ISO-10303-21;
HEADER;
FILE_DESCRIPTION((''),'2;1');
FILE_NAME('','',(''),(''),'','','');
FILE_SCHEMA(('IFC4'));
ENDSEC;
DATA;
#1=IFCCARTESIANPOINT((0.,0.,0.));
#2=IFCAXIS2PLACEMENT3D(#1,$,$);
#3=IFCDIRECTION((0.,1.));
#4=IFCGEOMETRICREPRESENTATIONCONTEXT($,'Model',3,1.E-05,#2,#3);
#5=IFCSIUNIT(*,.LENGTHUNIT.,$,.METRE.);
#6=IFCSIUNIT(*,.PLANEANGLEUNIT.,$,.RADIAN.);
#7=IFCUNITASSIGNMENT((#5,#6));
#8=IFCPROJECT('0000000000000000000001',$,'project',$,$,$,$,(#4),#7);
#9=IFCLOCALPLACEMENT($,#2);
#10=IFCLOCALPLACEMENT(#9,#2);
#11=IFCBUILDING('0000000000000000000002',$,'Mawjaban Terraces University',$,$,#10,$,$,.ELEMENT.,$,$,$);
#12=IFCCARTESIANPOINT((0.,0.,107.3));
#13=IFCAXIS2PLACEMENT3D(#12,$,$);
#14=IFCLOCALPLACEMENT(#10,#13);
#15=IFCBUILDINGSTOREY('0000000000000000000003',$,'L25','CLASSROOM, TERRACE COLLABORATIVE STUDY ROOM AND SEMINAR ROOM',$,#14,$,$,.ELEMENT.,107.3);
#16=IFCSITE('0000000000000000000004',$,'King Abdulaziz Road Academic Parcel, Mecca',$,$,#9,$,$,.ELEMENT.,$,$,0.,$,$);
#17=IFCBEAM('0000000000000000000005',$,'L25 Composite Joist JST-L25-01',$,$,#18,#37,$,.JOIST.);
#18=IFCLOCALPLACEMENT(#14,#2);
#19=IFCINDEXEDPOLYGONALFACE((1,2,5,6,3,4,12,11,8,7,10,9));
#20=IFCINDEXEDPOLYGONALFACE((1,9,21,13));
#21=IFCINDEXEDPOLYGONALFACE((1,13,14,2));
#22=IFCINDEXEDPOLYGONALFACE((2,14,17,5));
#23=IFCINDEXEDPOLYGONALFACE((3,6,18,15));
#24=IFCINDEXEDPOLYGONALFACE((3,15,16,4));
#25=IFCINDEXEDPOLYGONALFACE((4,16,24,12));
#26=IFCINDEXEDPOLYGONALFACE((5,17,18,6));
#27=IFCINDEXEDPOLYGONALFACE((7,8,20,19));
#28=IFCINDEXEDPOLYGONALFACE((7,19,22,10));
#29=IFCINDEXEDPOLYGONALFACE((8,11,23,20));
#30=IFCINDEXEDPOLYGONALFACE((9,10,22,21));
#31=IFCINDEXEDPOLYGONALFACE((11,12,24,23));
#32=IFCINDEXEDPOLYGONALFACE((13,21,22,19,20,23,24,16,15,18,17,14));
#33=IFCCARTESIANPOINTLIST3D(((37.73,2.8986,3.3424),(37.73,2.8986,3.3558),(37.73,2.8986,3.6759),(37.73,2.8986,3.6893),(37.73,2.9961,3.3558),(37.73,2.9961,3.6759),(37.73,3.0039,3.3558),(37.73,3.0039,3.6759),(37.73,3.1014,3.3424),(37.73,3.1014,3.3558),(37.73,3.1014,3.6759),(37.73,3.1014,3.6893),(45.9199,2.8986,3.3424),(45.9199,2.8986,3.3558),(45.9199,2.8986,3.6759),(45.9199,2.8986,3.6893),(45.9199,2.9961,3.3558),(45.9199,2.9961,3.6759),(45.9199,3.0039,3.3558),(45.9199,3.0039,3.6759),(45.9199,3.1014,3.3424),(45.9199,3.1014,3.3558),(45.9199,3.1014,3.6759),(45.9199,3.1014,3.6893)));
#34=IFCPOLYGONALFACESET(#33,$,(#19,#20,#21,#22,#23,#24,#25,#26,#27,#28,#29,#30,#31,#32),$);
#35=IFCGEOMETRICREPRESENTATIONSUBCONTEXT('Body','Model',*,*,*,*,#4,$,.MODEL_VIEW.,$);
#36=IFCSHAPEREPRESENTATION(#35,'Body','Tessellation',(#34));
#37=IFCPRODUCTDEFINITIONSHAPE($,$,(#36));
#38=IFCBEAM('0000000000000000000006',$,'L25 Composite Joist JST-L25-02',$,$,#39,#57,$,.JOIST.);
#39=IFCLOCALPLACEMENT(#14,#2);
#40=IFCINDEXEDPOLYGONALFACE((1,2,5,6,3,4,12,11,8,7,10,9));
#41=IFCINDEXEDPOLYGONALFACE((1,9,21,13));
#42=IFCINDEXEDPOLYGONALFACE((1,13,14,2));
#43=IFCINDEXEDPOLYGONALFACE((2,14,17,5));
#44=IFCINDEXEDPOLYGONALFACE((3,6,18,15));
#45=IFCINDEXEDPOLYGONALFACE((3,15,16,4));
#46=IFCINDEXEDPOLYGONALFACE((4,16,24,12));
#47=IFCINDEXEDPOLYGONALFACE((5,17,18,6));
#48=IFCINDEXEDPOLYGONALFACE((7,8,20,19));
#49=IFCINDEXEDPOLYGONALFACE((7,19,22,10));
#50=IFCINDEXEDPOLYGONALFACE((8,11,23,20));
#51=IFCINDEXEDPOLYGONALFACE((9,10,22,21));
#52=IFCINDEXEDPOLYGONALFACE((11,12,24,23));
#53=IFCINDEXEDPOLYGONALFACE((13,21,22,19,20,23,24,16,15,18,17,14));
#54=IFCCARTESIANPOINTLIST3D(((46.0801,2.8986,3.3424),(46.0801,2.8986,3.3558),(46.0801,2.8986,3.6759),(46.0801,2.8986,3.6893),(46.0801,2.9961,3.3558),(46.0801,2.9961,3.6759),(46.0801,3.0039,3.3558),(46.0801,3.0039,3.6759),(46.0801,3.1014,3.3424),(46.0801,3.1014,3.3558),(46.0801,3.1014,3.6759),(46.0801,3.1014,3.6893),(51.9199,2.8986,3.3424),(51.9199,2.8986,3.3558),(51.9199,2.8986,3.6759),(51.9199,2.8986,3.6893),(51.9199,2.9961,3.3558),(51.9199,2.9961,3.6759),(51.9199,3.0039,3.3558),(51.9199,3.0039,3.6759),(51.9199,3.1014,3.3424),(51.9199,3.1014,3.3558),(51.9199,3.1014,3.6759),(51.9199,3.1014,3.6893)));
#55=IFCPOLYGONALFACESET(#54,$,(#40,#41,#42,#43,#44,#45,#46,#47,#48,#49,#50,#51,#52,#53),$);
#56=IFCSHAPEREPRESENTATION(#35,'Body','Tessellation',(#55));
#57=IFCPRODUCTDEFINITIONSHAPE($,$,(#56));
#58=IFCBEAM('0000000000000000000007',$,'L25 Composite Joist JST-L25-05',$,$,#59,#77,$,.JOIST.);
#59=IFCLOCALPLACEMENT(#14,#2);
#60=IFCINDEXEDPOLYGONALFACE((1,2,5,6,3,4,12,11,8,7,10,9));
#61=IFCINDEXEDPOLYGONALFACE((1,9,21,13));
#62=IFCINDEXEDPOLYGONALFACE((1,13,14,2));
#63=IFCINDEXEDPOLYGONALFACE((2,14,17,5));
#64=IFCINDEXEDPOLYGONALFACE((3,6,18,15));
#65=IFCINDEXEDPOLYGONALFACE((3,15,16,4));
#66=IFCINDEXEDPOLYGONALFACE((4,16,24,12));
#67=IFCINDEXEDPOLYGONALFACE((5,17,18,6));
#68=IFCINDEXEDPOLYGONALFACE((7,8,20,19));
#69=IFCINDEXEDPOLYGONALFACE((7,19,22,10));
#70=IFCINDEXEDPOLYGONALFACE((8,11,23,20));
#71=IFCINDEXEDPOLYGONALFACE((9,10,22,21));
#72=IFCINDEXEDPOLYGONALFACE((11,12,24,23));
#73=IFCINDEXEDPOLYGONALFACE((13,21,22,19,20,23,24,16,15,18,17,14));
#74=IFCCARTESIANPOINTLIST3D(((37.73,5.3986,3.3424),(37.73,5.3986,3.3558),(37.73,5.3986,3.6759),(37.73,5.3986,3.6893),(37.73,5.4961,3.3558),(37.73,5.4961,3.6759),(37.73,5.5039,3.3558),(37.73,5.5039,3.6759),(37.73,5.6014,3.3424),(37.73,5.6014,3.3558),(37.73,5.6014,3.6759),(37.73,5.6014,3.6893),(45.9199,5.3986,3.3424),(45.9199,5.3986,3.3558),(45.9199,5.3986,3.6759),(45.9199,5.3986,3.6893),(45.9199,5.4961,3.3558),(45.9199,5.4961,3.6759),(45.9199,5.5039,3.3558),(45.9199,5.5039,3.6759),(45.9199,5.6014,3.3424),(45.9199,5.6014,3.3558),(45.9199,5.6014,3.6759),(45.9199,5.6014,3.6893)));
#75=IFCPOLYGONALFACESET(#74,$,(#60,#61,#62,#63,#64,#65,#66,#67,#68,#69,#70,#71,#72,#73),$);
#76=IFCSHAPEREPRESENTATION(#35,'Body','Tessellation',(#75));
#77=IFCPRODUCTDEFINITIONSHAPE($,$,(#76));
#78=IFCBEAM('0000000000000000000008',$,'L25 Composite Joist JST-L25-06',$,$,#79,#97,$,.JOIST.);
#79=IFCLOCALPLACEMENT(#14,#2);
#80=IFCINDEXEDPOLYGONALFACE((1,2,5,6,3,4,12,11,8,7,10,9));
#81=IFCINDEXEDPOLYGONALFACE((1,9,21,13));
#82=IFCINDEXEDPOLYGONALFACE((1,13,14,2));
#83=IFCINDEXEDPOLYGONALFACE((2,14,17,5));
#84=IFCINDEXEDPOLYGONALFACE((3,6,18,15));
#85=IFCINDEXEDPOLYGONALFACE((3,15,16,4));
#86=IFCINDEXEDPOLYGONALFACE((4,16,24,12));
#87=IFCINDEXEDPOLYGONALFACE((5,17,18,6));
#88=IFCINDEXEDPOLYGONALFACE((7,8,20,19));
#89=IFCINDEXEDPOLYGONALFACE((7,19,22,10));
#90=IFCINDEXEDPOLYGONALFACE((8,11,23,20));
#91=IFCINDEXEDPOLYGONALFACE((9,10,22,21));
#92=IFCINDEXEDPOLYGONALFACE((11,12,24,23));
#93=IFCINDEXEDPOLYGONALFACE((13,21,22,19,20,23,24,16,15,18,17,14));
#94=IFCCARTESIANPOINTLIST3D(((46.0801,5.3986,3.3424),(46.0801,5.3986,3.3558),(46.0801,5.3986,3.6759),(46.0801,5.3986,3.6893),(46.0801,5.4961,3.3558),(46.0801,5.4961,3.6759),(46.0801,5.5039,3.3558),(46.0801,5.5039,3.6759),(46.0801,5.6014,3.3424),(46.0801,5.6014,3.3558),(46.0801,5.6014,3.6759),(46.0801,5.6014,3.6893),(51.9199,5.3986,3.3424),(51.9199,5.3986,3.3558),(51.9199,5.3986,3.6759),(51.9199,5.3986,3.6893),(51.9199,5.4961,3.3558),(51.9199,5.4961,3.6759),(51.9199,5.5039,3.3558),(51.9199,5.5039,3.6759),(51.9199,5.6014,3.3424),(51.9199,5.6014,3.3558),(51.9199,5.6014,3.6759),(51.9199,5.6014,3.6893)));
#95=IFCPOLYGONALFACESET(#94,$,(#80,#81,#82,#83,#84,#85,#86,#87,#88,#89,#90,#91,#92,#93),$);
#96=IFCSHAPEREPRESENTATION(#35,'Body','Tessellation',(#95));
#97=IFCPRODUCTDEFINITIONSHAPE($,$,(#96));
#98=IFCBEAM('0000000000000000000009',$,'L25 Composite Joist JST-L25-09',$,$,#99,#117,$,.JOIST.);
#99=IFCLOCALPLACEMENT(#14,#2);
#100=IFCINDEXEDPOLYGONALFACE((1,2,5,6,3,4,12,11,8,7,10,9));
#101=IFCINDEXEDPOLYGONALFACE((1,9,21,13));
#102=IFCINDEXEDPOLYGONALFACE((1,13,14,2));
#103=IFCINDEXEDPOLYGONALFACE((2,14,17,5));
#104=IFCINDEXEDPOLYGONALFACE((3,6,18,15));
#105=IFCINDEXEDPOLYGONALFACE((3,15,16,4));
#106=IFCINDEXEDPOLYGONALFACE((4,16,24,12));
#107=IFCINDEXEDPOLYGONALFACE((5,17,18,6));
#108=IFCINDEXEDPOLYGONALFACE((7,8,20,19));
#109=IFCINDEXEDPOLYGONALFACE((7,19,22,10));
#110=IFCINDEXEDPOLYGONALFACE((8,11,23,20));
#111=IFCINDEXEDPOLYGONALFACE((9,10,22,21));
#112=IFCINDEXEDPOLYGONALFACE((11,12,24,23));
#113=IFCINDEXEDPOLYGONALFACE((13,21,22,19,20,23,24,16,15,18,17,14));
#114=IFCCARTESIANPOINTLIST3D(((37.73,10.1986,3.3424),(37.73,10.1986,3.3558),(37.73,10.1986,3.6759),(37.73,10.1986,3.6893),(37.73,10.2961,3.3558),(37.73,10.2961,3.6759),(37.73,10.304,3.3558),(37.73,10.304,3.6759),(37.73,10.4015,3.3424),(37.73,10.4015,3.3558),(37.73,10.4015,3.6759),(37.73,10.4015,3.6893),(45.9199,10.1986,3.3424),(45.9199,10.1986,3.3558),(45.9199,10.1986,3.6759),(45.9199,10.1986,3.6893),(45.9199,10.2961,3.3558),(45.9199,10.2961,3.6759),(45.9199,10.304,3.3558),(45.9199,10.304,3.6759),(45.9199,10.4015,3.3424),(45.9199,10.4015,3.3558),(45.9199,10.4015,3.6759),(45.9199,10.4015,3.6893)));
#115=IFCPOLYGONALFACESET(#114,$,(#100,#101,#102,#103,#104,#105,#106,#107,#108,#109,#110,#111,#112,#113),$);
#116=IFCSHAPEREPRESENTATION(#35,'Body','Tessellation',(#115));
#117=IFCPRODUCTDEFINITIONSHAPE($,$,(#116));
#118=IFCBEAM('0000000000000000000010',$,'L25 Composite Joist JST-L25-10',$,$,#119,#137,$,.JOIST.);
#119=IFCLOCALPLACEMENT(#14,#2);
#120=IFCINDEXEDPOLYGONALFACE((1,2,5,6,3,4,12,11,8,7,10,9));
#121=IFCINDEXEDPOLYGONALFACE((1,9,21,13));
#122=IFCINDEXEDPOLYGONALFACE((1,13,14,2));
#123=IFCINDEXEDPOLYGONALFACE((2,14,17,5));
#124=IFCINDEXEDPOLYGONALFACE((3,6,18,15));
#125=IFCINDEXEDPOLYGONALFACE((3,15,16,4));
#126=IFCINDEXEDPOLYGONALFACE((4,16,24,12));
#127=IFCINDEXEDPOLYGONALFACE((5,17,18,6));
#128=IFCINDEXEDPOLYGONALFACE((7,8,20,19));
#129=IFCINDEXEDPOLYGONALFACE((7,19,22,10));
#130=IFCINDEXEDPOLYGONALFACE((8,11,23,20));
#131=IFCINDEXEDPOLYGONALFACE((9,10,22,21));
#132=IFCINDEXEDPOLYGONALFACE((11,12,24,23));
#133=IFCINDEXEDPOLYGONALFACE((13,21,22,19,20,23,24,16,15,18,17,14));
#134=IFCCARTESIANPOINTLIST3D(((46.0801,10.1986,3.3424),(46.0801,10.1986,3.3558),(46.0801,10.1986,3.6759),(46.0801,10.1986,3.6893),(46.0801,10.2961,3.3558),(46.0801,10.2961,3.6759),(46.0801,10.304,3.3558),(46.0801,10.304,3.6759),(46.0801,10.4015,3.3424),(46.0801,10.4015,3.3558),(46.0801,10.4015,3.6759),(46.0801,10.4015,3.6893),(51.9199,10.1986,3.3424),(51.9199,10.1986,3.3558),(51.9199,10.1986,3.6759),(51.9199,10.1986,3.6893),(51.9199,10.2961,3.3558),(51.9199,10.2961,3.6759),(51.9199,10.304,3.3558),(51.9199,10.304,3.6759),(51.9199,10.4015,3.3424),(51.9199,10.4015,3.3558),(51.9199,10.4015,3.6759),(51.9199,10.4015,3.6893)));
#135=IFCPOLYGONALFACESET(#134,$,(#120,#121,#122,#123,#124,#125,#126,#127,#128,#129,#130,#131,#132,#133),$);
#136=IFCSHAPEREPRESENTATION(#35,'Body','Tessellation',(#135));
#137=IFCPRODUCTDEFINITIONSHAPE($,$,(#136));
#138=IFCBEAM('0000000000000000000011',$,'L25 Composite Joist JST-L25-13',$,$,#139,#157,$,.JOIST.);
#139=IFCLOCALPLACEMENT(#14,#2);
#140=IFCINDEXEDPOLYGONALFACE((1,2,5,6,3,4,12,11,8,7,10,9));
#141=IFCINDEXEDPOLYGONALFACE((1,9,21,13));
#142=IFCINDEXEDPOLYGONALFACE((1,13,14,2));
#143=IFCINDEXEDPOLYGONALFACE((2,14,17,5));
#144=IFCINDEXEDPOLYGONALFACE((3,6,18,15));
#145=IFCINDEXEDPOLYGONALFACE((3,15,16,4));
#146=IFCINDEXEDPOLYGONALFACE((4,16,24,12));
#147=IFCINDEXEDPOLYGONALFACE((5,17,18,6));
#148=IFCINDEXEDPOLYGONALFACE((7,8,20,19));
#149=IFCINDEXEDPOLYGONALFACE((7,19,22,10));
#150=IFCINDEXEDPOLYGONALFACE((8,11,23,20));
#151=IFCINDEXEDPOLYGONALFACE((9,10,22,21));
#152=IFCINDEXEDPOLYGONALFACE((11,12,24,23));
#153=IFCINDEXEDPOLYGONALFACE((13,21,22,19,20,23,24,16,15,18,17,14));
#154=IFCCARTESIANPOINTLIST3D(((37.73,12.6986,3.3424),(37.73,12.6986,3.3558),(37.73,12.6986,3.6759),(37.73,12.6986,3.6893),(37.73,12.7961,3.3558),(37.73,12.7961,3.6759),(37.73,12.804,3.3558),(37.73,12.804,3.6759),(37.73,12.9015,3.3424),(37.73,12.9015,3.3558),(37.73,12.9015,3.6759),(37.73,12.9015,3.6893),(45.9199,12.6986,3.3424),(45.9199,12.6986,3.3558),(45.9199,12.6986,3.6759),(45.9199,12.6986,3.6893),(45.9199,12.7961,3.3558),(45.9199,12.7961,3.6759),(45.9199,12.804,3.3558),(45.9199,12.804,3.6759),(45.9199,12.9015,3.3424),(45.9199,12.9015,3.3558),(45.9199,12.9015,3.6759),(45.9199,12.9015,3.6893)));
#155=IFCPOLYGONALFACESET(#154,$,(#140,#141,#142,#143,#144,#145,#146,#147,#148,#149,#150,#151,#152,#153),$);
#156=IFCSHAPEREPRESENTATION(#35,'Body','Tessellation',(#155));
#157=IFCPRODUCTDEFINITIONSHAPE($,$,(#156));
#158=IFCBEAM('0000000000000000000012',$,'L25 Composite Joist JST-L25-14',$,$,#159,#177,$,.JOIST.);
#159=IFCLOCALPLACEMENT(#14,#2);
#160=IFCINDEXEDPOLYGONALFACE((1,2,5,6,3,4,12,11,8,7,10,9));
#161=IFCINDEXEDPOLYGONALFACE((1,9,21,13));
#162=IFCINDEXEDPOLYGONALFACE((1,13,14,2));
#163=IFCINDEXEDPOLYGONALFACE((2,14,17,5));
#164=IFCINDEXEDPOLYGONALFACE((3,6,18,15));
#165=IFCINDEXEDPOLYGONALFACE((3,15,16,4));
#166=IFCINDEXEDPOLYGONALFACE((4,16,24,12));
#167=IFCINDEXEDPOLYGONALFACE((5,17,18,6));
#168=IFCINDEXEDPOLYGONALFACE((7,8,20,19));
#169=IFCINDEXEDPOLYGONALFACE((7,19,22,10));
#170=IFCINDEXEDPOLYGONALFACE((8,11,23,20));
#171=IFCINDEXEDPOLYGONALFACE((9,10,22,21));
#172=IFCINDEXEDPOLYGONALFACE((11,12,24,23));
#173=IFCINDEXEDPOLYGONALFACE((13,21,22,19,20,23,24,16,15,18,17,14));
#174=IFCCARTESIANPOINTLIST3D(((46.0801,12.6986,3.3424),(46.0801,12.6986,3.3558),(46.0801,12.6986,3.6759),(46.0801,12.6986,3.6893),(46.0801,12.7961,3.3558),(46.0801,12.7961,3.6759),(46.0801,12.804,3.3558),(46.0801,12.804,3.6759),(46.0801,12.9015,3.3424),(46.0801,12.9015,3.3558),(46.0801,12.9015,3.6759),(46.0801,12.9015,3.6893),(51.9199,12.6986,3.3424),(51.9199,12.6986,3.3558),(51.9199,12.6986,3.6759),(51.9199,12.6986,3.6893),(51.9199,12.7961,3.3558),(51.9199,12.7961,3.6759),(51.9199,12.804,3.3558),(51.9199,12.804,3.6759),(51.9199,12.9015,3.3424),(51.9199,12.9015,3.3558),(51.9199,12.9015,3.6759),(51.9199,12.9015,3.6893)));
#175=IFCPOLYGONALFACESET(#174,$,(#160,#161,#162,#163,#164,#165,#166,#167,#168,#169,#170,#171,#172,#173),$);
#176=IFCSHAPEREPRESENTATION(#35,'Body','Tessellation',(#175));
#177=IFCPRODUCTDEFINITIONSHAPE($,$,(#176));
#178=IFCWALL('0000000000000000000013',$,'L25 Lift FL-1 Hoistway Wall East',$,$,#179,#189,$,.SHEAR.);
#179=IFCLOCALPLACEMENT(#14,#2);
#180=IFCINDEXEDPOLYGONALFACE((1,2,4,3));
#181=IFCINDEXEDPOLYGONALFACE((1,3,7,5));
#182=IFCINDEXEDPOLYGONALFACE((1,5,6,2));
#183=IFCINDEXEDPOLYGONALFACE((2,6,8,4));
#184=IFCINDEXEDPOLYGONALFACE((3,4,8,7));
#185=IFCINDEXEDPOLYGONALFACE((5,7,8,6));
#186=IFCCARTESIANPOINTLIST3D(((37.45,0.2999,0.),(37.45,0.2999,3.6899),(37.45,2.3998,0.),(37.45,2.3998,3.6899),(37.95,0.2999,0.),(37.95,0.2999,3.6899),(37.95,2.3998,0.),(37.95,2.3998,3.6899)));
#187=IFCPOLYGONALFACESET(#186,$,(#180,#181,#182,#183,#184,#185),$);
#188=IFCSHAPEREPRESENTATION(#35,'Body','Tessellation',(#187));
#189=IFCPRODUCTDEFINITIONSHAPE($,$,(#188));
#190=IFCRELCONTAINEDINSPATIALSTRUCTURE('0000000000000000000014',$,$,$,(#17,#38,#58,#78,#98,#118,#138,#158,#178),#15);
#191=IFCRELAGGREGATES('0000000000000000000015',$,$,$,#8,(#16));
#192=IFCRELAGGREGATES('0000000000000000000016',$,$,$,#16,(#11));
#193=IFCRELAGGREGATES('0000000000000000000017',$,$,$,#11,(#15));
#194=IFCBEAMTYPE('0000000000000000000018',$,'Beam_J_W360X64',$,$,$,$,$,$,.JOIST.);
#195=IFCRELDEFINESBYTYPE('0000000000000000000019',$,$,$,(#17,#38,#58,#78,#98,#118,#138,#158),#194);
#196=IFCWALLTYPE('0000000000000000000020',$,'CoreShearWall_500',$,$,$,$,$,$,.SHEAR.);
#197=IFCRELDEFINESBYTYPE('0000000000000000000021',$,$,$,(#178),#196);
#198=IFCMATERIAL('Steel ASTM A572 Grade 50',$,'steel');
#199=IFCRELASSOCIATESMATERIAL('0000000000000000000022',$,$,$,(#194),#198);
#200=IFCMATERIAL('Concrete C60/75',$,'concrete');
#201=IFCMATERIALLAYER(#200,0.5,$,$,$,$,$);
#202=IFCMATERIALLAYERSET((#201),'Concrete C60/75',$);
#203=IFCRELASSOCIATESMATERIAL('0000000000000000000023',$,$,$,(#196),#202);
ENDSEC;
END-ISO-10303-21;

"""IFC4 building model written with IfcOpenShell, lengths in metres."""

from ifc_helpers import new_model, si_unit, direction, frame, frame_2d, origin, origin_2d, place, context, subcontext, project, spatial, rectangle, i_section, extrude, material, layer, layer_set, material_profile, profile_set, type_object, element, save


model = new_model("IFC4")

# Units and contexts
model_context = context("Model", 3, precision=1e-05, world=origin(), true_north=direction((0.0, 1.0)))
body_context = subcontext(model_context, "Body", "Model", "MODEL_VIEW")
ifc_project = project(units=[si_unit("LENGTHUNIT", "METRE"), si_unit("PLANEANGLEUNIT", "RADIAN")], contexts=[model_context])

# Site, building, storey
site_placement = place(None, origin())
site = spatial("IfcSite", under=ifc_project, at=site_placement, Name="King Abdulaziz Road Academic Parcel, Mecca", CompositionType="ELEMENT", RefElevation=0.0)
building_placement = place(site_placement, origin())
building = spatial("IfcBuilding", under=site, at=building_placement, Name="Mawjaban Terraces University", CompositionType="ELEMENT")
storey_placement = place(building_placement, frame((0.0, 0.0, 107.3)))
storey = spatial("IfcBuildingStorey", under=building, at=storey_placement, Name="L25", Description="CLASSROOM, TERRACE COLLABORATIVE STUDY ROOM AND SEMINAR ROOM", CompositionType="ELEMENT", Elevation=107.3)

# Shared definitions
ifc_material_1 = material(Name="Concrete C60/75", Category="concrete")

# Beams
ifc_material_2 = material(Name="Steel ASTM A572 Grade 50", Category="steel")
ifc_material_profile_1 = material_profile(ifc_material_2, i_section(OverallWidth=0.2029, OverallDepth=0.3469, WebThickness=0.0078, FlangeThickness=0.0134, at=origin_2d()), Name="W360X64")
ifc_profile_set_1 = profile_set([ifc_material_profile_1], Name="Steel ASTM A572 Grade 50")
beam_type_1 = type_object("IfcBeamType", Name="Beam_J_W360X64", PredefinedType="JOIST", material=ifc_profile_set_1)
beam_1_placement = place(storey_placement, frame((37.73, 3.0, 3.5159), z_axis=(1.0, 0.0, 0.0), x_axis=(0.0, 1.0, 0.0)))
element("IfcBeam", 1, at=beam_1_placement, inside=storey, type_object=beam_type_1, Name="L25 Composite Joist JST-L25-01", PredefinedType="JOIST", context=body_context, shape_type="SweptSolid", body=[
    extrude(i_section(OverallWidth=0.2029, OverallDepth=0.3469, WebThickness=0.0078, FlangeThickness=0.0134, at=origin_2d()), origin(), (0.0, 0.0, 1.0), 8.1899),
])
beam_2_placement = place(storey_placement, frame((46.0801, 3.0, 3.5159), z_axis=(1.0, 0.0, 0.0), x_axis=(0.0, 1.0, 0.0)))
element("IfcBeam", 2, at=beam_2_placement, inside=storey, type_object=beam_type_1, Name="L25 Composite Joist JST-L25-02", PredefinedType="JOIST", context=body_context, shape_type="SweptSolid", body=[
    extrude(i_section(OverallWidth=0.2029, OverallDepth=0.3469, WebThickness=0.0078, FlangeThickness=0.0134, at=origin_2d()), origin(), (0.0, 0.0, 1.0), 5.8398),
])
beam_3_placement = place(storey_placement, frame((37.73, 5.5, 3.5159), z_axis=(1.0, 0.0, 0.0), x_axis=(0.0, 1.0, 0.0)))
element("IfcBeam", 3, at=beam_3_placement, inside=storey, type_object=beam_type_1, Name="L25 Composite Joist JST-L25-05", PredefinedType="JOIST", context=body_context, shape_type="SweptSolid", body=[
    extrude(i_section(OverallWidth=0.2029, OverallDepth=0.3469, WebThickness=0.0078, FlangeThickness=0.0134, at=origin_2d()), origin(), (0.0, 0.0, 1.0), 8.1899),
])
beam_4_placement = place(storey_placement, frame((46.0801, 5.5, 3.5159), z_axis=(1.0, 0.0, 0.0), x_axis=(0.0, 1.0, 0.0)))
element("IfcBeam", 4, at=beam_4_placement, inside=storey, type_object=beam_type_1, Name="L25 Composite Joist JST-L25-06", PredefinedType="JOIST", context=body_context, shape_type="SweptSolid", body=[
    extrude(i_section(OverallWidth=0.2029, OverallDepth=0.3469, WebThickness=0.0078, FlangeThickness=0.0134, at=origin_2d()), origin(), (0.0, 0.0, 1.0), 5.8398),
])
beam_5_placement = place(storey_placement, frame((37.73, 10.3, 3.5159), z_axis=(1.0, 0.0, 0.0), x_axis=(0.0, 1.0, 0.0)))
element("IfcBeam", 5, at=beam_5_placement, inside=storey, type_object=beam_type_1, Name="L25 Composite Joist JST-L25-09", PredefinedType="JOIST", context=body_context, shape_type="SweptSolid", body=[
    extrude(i_section(OverallWidth=0.2029, OverallDepth=0.3469, WebThickness=0.0078, FlangeThickness=0.0134, at=origin_2d()), origin(), (0.0, 0.0, 1.0), 8.1899),
])
beam_6_placement = place(storey_placement, frame((46.0801, 10.3, 3.5159), z_axis=(1.0, 0.0, 0.0), x_axis=(0.0, 1.0, 0.0)))
element("IfcBeam", 6, at=beam_6_placement, inside=storey, type_object=beam_type_1, Name="L25 Composite Joist JST-L25-10", PredefinedType="JOIST", context=body_context, shape_type="SweptSolid", body=[
    extrude(i_section(OverallWidth=0.2029, OverallDepth=0.3469, WebThickness=0.0078, FlangeThickness=0.0134, at=origin_2d()), origin(), (0.0, 0.0, 1.0), 5.8398),
])
beam_7_placement = place(storey_placement, frame((37.73, 12.8, 3.5159), z_axis=(1.0, 0.0, 0.0), x_axis=(0.0, 1.0, 0.0)))
element("IfcBeam", 7, at=beam_7_placement, inside=storey, type_object=beam_type_1, Name="L25 Composite Joist JST-L25-13", PredefinedType="JOIST", context=body_context, shape_type="SweptSolid", body=[
    extrude(i_section(OverallWidth=0.2029, OverallDepth=0.3469, WebThickness=0.0078, FlangeThickness=0.0134, at=origin_2d()), origin(), (0.0, 0.0, 1.0), 8.1899),
])
beam_8_placement = place(storey_placement, frame((46.0801, 12.8, 3.5159), z_axis=(1.0, 0.0, 0.0), x_axis=(0.0, 1.0, 0.0)))
element("IfcBeam", 8, at=beam_8_placement, inside=storey, type_object=beam_type_1, Name="L25 Composite Joist JST-L25-14", PredefinedType="JOIST", context=body_context, shape_type="SweptSolid", body=[
    extrude(i_section(OverallWidth=0.2029, OverallDepth=0.3469, WebThickness=0.0078, FlangeThickness=0.0134, at=origin_2d()), origin(), (0.0, 0.0, 1.0), 5.8398),
])

# Wall
ifc_layer_1 = layer(ifc_material_1, 0.5)
ifc_layer_set_1 = layer_set([ifc_layer_1], Name="Concrete C60/75")
wall_type_1 = type_object("IfcWallType", Name="CoreShearWall_500", PredefinedType="SHEAR", material=ifc_layer_set_1)
wall_1_placement = place(storey_placement, frame((37.7, 0.3, 0.0), z_axis=(0.0, 0.0, 1.0), x_axis=(0.0, 1.0, 0.0)))
element("IfcWall", 9, at=wall_1_placement, inside=storey, type_object=wall_type_1, Name="L25 Lift FL-1 Hoistway Wall East", PredefinedType="SHEAR", context=body_context, shape_type="SweptSolid", body=[
    extrude(rectangle(XDim=2.0999, YDim=0.5, at=frame_2d((1.0498, 0.0))), origin(), (0.0, 0.0, 1.0), 3.6899),
])

save(model, "model.ifc")
